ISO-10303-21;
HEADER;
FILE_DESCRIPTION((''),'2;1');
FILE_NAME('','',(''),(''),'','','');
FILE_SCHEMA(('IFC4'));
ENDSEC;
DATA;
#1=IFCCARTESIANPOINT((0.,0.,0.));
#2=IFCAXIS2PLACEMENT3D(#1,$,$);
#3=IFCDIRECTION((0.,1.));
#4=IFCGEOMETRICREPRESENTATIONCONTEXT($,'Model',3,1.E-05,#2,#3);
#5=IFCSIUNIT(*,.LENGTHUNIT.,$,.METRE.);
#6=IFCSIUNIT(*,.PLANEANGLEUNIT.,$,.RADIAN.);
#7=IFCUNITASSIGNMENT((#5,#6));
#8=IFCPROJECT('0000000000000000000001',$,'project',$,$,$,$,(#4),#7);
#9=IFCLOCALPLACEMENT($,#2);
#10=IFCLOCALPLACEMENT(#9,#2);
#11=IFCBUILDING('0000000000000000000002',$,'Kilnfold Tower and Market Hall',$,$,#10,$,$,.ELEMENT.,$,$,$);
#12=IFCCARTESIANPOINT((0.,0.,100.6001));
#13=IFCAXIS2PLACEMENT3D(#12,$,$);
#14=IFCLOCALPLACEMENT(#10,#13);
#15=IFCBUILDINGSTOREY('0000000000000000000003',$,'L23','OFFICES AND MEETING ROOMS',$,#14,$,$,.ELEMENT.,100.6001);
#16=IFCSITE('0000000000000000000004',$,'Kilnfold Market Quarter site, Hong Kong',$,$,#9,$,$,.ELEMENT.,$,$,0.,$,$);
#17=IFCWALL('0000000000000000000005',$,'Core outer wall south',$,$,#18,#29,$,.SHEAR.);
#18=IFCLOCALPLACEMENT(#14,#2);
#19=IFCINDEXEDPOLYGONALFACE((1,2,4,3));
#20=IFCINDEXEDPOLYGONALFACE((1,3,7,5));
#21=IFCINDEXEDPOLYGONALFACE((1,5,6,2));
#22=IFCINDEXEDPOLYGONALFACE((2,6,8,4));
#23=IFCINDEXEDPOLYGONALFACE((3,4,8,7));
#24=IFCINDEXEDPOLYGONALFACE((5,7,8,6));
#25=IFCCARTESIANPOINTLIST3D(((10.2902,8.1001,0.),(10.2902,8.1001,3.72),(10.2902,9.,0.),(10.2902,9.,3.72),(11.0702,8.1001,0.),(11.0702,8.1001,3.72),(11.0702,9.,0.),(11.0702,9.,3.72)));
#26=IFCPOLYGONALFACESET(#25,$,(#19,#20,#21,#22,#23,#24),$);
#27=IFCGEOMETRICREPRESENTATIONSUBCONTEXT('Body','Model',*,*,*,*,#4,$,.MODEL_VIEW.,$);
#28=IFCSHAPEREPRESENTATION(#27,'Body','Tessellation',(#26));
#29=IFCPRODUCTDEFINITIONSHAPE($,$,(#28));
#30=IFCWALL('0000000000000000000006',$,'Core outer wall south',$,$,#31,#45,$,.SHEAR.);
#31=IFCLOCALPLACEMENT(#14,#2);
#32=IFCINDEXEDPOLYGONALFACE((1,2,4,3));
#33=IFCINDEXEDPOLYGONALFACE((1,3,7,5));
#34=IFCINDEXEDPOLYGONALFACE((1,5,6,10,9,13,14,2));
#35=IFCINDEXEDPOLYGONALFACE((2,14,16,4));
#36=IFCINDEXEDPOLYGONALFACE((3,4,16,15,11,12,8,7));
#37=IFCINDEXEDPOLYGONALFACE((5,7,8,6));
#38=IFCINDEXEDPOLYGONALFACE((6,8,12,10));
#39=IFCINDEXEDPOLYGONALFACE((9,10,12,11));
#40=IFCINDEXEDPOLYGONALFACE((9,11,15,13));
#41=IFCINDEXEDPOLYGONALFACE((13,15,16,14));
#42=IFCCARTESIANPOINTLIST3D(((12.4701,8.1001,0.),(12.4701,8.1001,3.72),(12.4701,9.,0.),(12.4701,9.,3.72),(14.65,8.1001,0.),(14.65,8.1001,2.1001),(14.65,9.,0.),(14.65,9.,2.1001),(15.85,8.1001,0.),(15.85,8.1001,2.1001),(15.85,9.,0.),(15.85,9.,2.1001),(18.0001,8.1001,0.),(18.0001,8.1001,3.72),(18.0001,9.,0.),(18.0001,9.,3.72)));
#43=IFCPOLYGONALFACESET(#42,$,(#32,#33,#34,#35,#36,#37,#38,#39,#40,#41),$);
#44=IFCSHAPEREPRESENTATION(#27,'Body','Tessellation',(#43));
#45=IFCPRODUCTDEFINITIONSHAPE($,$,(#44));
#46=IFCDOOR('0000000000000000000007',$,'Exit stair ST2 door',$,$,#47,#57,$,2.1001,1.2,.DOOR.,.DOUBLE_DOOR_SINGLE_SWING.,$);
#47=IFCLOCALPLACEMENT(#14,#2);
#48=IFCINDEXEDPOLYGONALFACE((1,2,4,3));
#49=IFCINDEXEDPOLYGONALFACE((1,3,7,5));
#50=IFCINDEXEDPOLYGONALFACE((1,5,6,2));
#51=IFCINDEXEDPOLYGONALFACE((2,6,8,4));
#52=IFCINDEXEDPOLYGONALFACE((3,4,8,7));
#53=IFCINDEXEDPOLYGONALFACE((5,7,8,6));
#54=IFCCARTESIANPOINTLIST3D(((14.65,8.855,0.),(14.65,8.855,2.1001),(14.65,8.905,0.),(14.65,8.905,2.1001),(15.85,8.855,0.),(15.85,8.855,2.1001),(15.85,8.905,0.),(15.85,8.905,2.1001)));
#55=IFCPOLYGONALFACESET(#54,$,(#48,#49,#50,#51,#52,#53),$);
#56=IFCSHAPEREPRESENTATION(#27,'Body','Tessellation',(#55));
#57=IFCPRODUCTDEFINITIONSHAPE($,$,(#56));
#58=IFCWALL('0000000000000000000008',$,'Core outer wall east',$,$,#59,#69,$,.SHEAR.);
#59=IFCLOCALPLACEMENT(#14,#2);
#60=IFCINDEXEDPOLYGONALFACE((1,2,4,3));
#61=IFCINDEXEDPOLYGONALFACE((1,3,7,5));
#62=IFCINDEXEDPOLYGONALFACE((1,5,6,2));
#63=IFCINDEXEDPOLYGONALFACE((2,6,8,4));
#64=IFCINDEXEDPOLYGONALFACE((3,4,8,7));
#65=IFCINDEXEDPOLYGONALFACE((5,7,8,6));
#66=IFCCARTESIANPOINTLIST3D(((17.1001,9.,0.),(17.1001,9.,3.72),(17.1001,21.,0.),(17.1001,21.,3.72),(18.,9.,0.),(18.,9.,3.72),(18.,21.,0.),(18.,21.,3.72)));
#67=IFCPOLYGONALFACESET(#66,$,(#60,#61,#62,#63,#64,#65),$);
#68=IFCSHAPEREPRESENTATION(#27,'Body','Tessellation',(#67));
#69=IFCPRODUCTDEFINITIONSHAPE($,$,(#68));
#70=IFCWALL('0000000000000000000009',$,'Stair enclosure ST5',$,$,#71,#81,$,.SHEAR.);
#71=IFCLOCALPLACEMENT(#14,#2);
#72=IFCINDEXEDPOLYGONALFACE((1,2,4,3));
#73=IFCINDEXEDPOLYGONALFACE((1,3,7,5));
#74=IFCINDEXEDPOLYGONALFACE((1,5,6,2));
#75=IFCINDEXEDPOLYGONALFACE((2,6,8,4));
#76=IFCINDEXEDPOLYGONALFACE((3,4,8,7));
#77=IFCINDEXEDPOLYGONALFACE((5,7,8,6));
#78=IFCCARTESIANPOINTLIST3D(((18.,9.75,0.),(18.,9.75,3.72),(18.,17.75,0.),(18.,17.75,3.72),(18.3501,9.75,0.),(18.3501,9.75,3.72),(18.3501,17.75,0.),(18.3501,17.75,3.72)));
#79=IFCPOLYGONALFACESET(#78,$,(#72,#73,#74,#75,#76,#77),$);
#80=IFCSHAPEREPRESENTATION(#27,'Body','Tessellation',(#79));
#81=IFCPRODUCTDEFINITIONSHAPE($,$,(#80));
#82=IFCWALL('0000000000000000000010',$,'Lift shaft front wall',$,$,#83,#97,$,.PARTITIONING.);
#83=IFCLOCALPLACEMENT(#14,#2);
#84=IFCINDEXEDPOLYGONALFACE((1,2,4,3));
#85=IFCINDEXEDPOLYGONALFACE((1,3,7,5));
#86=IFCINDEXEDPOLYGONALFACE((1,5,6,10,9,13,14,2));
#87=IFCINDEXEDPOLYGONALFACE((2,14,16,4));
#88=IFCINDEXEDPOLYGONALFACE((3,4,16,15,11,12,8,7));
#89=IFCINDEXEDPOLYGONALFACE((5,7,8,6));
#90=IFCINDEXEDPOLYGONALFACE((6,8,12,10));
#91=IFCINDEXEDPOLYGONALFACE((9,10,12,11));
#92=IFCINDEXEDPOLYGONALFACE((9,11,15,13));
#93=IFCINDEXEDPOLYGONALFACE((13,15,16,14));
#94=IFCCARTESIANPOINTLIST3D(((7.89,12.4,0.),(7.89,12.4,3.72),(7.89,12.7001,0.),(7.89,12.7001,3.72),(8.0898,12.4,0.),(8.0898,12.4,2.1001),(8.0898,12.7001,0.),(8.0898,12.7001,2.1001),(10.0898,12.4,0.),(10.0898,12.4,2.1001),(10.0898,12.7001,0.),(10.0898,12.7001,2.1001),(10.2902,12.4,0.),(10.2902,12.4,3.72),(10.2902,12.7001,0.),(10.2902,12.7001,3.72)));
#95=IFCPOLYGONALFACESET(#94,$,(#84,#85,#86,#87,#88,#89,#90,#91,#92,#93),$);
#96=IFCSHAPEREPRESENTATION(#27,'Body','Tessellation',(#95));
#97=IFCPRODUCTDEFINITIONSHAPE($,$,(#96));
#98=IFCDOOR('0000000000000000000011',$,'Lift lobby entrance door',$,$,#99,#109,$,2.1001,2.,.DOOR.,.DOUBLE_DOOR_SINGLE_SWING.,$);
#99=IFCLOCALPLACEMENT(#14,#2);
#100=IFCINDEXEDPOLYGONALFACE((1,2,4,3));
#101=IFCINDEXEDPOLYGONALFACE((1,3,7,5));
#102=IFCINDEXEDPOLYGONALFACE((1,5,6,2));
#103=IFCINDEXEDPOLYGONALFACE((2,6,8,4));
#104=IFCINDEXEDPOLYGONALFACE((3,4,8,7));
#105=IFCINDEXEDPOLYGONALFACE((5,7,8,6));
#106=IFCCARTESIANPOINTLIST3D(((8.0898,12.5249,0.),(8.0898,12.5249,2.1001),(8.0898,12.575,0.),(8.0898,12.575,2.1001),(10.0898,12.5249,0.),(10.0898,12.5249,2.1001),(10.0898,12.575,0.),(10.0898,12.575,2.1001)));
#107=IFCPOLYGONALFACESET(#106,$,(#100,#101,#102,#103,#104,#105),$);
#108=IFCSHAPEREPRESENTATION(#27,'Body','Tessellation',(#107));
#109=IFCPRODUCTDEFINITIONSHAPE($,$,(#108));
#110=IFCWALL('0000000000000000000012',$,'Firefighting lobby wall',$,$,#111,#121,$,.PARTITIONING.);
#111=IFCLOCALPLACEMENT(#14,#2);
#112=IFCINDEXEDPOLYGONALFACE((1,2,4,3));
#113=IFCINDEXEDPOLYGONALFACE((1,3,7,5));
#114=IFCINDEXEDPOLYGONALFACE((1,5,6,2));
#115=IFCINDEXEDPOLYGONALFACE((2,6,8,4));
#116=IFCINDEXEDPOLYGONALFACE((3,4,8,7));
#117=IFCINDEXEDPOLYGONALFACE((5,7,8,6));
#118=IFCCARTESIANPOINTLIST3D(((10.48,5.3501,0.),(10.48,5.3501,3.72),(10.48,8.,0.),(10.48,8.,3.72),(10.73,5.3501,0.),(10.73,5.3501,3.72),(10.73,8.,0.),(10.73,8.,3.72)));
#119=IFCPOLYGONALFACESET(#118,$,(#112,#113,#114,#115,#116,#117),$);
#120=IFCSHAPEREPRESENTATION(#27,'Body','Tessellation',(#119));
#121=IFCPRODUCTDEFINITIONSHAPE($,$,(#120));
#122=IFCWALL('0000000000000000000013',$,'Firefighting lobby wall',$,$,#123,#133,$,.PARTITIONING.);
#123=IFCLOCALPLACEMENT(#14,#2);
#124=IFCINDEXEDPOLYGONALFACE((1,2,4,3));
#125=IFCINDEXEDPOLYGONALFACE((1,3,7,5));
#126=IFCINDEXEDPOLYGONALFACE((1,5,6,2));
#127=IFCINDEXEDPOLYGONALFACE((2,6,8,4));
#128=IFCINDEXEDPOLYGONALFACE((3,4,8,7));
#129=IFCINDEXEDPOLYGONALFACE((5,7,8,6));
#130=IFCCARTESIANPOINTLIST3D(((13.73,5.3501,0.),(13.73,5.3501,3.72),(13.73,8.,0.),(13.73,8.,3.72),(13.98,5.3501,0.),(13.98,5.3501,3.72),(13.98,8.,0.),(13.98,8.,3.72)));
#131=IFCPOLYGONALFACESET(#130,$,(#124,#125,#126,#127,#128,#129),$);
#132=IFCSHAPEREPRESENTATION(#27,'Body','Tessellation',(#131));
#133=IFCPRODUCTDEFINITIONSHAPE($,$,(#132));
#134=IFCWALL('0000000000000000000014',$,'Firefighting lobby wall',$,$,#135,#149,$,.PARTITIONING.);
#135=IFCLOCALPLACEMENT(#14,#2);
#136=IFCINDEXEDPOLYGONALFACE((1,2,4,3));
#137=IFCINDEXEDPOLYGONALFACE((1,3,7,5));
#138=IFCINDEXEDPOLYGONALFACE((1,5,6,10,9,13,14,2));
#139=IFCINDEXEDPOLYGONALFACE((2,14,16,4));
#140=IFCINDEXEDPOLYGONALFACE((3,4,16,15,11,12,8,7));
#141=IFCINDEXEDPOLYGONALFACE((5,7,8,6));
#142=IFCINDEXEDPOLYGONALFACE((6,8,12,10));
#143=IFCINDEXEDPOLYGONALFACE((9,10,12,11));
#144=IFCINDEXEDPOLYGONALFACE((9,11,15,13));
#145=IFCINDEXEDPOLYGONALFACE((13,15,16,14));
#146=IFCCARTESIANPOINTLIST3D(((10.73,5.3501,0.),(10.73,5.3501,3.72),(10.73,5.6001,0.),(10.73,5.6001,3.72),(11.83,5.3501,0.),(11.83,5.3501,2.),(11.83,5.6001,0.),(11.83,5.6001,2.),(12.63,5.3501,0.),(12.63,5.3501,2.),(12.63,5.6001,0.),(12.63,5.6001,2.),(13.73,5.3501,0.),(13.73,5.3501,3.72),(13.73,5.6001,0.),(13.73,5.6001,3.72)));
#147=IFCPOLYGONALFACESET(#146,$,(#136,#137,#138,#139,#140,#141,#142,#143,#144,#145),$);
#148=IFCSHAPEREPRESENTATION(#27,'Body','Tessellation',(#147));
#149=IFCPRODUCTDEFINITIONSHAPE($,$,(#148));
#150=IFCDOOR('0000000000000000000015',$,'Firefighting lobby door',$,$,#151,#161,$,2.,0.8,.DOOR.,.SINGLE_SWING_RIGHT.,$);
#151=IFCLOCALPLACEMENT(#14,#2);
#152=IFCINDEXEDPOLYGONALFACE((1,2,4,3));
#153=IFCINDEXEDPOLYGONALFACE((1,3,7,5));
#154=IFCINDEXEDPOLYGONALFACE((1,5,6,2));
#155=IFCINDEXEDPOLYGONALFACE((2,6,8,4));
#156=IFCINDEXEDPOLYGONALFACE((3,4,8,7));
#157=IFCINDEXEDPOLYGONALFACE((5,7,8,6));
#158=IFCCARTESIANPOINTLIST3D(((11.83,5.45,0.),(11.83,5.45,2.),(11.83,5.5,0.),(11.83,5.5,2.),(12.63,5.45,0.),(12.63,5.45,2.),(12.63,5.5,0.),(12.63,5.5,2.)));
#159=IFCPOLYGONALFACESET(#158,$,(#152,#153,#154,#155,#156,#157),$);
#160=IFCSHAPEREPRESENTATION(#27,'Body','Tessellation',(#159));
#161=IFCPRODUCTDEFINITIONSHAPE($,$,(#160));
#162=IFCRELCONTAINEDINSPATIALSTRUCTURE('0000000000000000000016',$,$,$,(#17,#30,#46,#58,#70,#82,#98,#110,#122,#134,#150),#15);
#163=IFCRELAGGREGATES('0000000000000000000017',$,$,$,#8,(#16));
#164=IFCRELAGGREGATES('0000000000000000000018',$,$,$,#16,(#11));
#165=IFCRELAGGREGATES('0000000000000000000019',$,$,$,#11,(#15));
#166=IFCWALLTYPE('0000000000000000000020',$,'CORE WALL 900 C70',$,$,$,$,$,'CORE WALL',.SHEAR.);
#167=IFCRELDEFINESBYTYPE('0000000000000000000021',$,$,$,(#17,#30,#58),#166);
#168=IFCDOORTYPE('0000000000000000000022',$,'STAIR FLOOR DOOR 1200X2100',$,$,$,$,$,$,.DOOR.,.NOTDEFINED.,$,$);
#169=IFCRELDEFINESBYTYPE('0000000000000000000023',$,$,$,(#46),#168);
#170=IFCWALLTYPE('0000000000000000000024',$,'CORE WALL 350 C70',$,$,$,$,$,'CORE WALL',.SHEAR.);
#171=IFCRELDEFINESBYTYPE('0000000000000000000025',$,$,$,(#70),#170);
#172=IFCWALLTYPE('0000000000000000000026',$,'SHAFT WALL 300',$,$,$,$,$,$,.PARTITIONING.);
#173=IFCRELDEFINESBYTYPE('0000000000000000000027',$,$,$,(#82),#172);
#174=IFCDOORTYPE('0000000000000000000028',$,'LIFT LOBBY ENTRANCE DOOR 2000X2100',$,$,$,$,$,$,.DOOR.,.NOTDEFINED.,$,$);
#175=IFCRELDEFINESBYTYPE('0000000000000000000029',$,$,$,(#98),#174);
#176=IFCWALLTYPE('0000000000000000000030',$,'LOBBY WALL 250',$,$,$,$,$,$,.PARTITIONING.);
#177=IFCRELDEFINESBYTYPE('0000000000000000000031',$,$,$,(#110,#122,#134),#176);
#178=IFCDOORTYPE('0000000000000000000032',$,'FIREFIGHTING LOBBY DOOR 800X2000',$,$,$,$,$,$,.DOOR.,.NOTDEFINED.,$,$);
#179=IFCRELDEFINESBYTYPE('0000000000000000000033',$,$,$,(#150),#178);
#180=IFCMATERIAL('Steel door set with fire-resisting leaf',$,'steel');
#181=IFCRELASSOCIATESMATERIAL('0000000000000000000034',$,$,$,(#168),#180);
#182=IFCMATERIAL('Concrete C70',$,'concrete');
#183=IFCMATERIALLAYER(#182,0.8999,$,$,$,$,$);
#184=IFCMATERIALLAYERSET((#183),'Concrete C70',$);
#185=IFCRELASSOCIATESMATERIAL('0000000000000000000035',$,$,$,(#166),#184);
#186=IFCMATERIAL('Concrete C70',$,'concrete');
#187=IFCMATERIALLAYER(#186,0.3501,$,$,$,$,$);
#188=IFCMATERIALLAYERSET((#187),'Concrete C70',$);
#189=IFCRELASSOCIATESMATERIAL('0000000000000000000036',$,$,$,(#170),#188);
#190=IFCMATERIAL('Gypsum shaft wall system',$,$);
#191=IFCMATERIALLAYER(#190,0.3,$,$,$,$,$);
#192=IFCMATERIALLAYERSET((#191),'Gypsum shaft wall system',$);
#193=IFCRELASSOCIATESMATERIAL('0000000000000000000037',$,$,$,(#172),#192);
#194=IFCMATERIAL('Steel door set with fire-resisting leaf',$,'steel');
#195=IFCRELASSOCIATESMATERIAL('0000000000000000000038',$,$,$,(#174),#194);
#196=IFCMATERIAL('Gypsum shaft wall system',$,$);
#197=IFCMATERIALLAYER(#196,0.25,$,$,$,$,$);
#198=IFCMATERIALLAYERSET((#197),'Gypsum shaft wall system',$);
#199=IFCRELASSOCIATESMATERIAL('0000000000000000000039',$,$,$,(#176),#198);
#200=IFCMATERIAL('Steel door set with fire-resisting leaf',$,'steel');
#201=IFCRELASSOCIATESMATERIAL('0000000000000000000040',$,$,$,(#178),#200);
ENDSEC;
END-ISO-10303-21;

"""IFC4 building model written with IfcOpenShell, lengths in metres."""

from ifc_helpers import new_model, si_unit, direction, frame, frame_2d, origin, place, context, subcontext, project, spatial, rectangle, extrude, source, transform, mapped, material, layer, layer_set, type_object, element, fill, save


model = new_model("IFC4")

# Units and contexts
model_context = context("Model", 3, precision=1e-05, world=origin(), true_north=direction((0.0, 1.0)))
body_context = subcontext(model_context, "Body", "Model", "MODEL_VIEW")
ifc_project = project(units=[si_unit("LENGTHUNIT", "METRE"), si_unit("PLANEANGLEUNIT", "RADIAN")], contexts=[model_context])

# Site, building, storey
site_placement = place(None, origin())
site = spatial("IfcSite", under=ifc_project, at=site_placement, Name="Kilnfold Market Quarter site, Hong Kong", CompositionType="ELEMENT", RefElevation=0.0)
building_placement = place(site_placement, origin())
building = spatial("IfcBuilding", under=site, at=building_placement, Name="Kilnfold Tower and Market Hall", CompositionType="ELEMENT")
storey_placement = place(building_placement, frame((0.0, 0.0, 100.6001)))
storey = spatial("IfcBuildingStorey", under=building, at=storey_placement, Name="L23", Description="OFFICES AND MEETING ROOMS", CompositionType="ELEMENT", Elevation=100.6001)

# Shared definitions
ifc_material_1 = material(Name="Steel door set with fire-resisting leaf", Category="steel")
door_type_1 = type_object("IfcDoorType", Name="STAIR FLOOR DOOR 1200X2100", OperationType="NOTDEFINED", PredefinedType="DOOR", material=ifc_material_1)

# Wall
ifc_material_2 = material(Name="Concrete C70", Category="concrete")
ifc_layer_1 = layer(ifc_material_2, 0.8999)
ifc_layer_set_1 = layer_set([ifc_layer_1], Name="Concrete C70")
wall_type_1 = type_object("IfcWallType", Name="CORE WALL 900 C70", ElementType="CORE WALL", PredefinedType="SHEAR", material=ifc_layer_set_1)
shared_shape_1 = source(origin(), body_context, "Body", "SweptSolid", [
    extrude(rectangle(XDim=0.78, YDim=0.8999, at=frame_2d((0.3901, 0.0))), origin(), (0.0, 0.0, 1.0), 3.72),
])
wall_1_placement = place(storey_placement, frame((10.29, 8.55, 0.0), z_axis=(0.0, 0.0, 1.0), x_axis=(1.0, 0.0, 0.0)))
element("IfcWall", 1, at=wall_1_placement, inside=storey, type_object=wall_type_1, Name="Core outer wall south", PredefinedType="SHEAR", context=body_context, shape_type="MappedRepresentation", body=[
    mapped(shared_shape_1, transform((0.0, 0.0, 0.0))),
])

# Wall, opening, door
shared_shape_2 = source(origin(), body_context, "Body", "SweptSolid", [
    extrude(rectangle(XDim=5.53, YDim=0.8999, at=frame_2d((2.7651, 0.0))), origin(), (0.0, 0.0, 1.0), 3.72),
])
wall_2_placement = place(storey_placement, frame((12.47, 8.55, 0.0), z_axis=(0.0, 0.0, 1.0), x_axis=(1.0, 0.0, 0.0)))
wall_2 = element("IfcWall", 2, at=wall_2_placement, inside=storey, type_object=wall_type_1, Name="Core outer wall south", PredefinedType="SHEAR", context=body_context, shape_type="MappedRepresentation", body=[
    mapped(shared_shape_2, transform((0.0, 0.0, 0.0))),
])
opening_1_placement = place(wall_2_placement, frame((2.1799, 0.0, 0.0)))
opening_1 = element("IfcOpeningElement", 3, at=opening_1_placement, cuts=wall_2, PredefinedType="OPENING", context=body_context, shape_type="SweptSolid", body=[
    extrude(rectangle(XDim=1.2, YDim=2.1001, at=frame_2d((0.6001, 1.05))), frame((0.0, 0.46, 0.0), z_axis=(0.0, -1.0, 0.0), x_axis=(1.0, 0.0, 0.0)), (0.0, 0.0, 1.0), 0.9199),
])
door_1_placement = place(opening_1_placement, origin())
door_1 = element("IfcDoor", 4, at=door_1_placement, inside=storey, type_object=door_type_1, Name="Exit stair ST2 door", OperationType="DOUBLE_DOOR_SINGLE_SWING", OverallHeight=2.1001, OverallWidth=1.2, PredefinedType="DOOR", context=body_context, shape_type="SweptSolid", body=[
    extrude(rectangle(XDim=1.2, YDim=2.1001, at=frame_2d((0.6001, 1.05))), frame((0.0, 0.355, 0.0), z_axis=(0.0, -1.0, 0.0), x_axis=(1.0, 0.0, 0.0)), (0.0, 0.0, 1.0), 0.05),
])
fill(opening_1, door_1)

# Walls
shared_shape_3 = source(origin(), body_context, "Body", "SweptSolid", [
    extrude(rectangle(XDim=12.0, YDim=0.8999, at=frame_2d((6.0, 0.0))), origin(), (0.0, 0.0, 1.0), 3.72),
])
wall_3_placement = place(storey_placement, frame((17.55, 9.0, 0.0), z_axis=(0.0, 0.0, 1.0), x_axis=(0.0, 1.0, 0.0)))
element("IfcWall", 5, at=wall_3_placement, inside=storey, type_object=wall_type_1, Name="Core outer wall east", PredefinedType="SHEAR", context=body_context, shape_type="MappedRepresentation", body=[
    mapped(shared_shape_3, transform((0.0, 0.0, 0.0))),
])
ifc_material_3 = material(Name="Concrete C70", Category="concrete")
ifc_layer_2 = layer(ifc_material_3, 0.3501)
ifc_layer_set_2 = layer_set([ifc_layer_2], Name="Concrete C70")
wall_type_2 = type_object("IfcWallType", Name="CORE WALL 350 C70", ElementType="CORE WALL", PredefinedType="SHEAR", material=ifc_layer_set_2)
shared_shape_4 = source(origin(), body_context, "Body", "SweptSolid", [
    extrude(rectangle(XDim=8.0, YDim=0.3501, at=frame_2d((4.0, 0.0))), origin(), (0.0, 0.0, 1.0), 3.72),
])
wall_4_placement = place(storey_placement, frame((18.175, 9.75, 0.0), z_axis=(0.0, 0.0, 1.0), x_axis=(0.0, 1.0, 0.0)))
element("IfcWall", 6, at=wall_4_placement, inside=storey, type_object=wall_type_2, Name="Stair enclosure ST5", PredefinedType="SHEAR", context=body_context, shape_type="MappedRepresentation", body=[
    mapped(shared_shape_4, transform((0.0, 0.0, 0.0))),
])

# Wall, opening, door
ifc_material_4 = material(Name="Gypsum shaft wall system")
ifc_layer_3 = layer(ifc_material_4, 0.3)
ifc_layer_set_3 = layer_set([ifc_layer_3], Name="Gypsum shaft wall system")
wall_type_3 = type_object("IfcWallType", Name="SHAFT WALL 300", PredefinedType="PARTITIONING", material=ifc_layer_set_3)
shared_shape_5 = source(origin(), body_context, "Body", "SweptSolid", [
    extrude(rectangle(XDim=2.4001, YDim=0.3, at=frame_2d((1.2002, 0.0))), origin(), (0.0, 0.0, 1.0), 3.72),
])
wall_5_placement = place(storey_placement, frame((7.8899, 12.55, 0.0), z_axis=(0.0, 0.0, 1.0), x_axis=(1.0, 0.0, 0.0)))
wall_5 = element("IfcWall", 7, at=wall_5_placement, inside=storey, type_object=wall_type_3, Name="Lift shaft front wall", PredefinedType="PARTITIONING", context=body_context, shape_type="MappedRepresentation", body=[
    mapped(shared_shape_5, transform((0.0, 0.0, 0.0))),
])
opening_2_placement = place(wall_5_placement, frame((0.2, 0.0, 0.0)))
opening_2 = element("IfcOpeningElement", 8, at=opening_2_placement, cuts=wall_5, PredefinedType="OPENING", context=body_context, shape_type="SweptSolid", body=[
    extrude(rectangle(XDim=2.0, YDim=2.1001, at=frame_2d((1.0, 1.05))), frame((0.0, 0.1602, 0.0), z_axis=(0.0, -1.0, 0.0), x_axis=(1.0, 0.0, 0.0)), (0.0, 0.0, 1.0), 0.3201),
])
ifc_material_5 = material(Name="Steel door set with fire-resisting leaf", Category="steel")
door_type_2 = type_object("IfcDoorType", Name="LIFT LOBBY ENTRANCE DOOR 2000X2100", OperationType="NOTDEFINED", PredefinedType="DOOR", material=ifc_material_5)
door_2_placement = place(opening_2_placement, origin())
door_2 = element("IfcDoor", 9, at=door_2_placement, inside=storey, type_object=door_type_2, Name="Lift lobby entrance door", OperationType="DOUBLE_DOOR_SINGLE_SWING", OverallHeight=2.1001, OverallWidth=2.0, PredefinedType="DOOR", context=body_context, shape_type="SweptSolid", body=[
    extrude(rectangle(XDim=2.0, YDim=2.1001, at=frame_2d((1.0, 1.05))), frame((0.0, 0.0249, 0.0), z_axis=(0.0, -1.0, 0.0), x_axis=(1.0, 0.0, 0.0)), (0.0, 0.0, 1.0), 0.05),
])
fill(opening_2, door_2)

# Walls
ifc_material_6 = material(Name="Gypsum shaft wall system")
ifc_layer_4 = layer(ifc_material_6, 0.25)
ifc_layer_set_4 = layer_set([ifc_layer_4], Name="Gypsum shaft wall system")
wall_type_4 = type_object("IfcWallType", Name="LOBBY WALL 250", PredefinedType="PARTITIONING", material=ifc_layer_set_4)
shared_shape_6 = source(origin(), body_context, "Body", "SweptSolid", [
    extrude(rectangle(XDim=2.6499, YDim=0.25, at=frame_2d((1.325, 0.0))), origin(), (0.0, 0.0, 1.0), 3.72),
])
for number, where, z_axis, x_axis, name in (
    (10, (10.605, 5.3501, 0.0), (0.0, 0.0, 1.0), (0.0, 1.0, 0.0), "Firefighting lobby wall"),
    (11, (13.855, 5.3501, 0.0), (0.0, 0.0, 1.0), (0.0, 1.0, 0.0), "Firefighting lobby wall"),
):
    element("IfcWall", number, at=place(storey_placement, frame(where, z_axis=z_axis, x_axis=x_axis)), inside=storey, type_object=wall_type_4, Name=name, PredefinedType="PARTITIONING", context=body_context, shape_type="MappedRepresentation", body=[
        mapped(shared_shape_6, transform((0.0, 0.0, 0.0))),
    ])

# Wall, opening, door
shared_shape_7 = source(origin(), body_context, "Body", "SweptSolid", [
    extrude(rectangle(XDim=3.0, YDim=0.25, at=frame_2d((1.5, 0.0))), origin(), (0.0, 0.0, 1.0), 3.72),
])
wall_6_placement = place(storey_placement, frame((10.73, 5.4751, 0.0), z_axis=(0.0, 0.0, 1.0), x_axis=(1.0, 0.0, 0.0)))
wall_6 = element("IfcWall", 12, at=wall_6_placement, inside=storey, type_object=wall_type_4, Name="Firefighting lobby wall", PredefinedType="PARTITIONING", context=body_context, shape_type="MappedRepresentation", body=[
    mapped(shared_shape_7, transform((0.0, 0.0, 0.0))),
])
opening_3_placement = place(wall_6_placement, frame((1.1001, 0.0, 0.0)))
opening_3 = element("IfcOpeningElement", 13, at=opening_3_placement, cuts=wall_6, PredefinedType="OPENING", context=body_context, shape_type="SweptSolid", body=[
    extrude(rectangle(XDim=0.8, YDim=2.0, at=frame_2d((0.3999, 1.0))), frame((0.0, 0.135, 0.0), z_axis=(0.0, -1.0, 0.0), x_axis=(1.0, 0.0, 0.0)), (0.0, 0.0, 1.0), 0.27),
])
ifc_material_7 = material(Name="Steel door set with fire-resisting leaf", Category="steel")
door_type_3 = type_object("IfcDoorType", Name="FIREFIGHTING LOBBY DOOR 800X2000", OperationType="NOTDEFINED", PredefinedType="DOOR", material=ifc_material_7)
door_3_placement = place(opening_3_placement, origin())
door_3 = element("IfcDoor", 14, at=door_3_placement, inside=storey, type_object=door_type_3, Name="Firefighting lobby door", OperationType="SINGLE_SWING_RIGHT", OverallHeight=2.0, OverallWidth=0.8, PredefinedType="DOOR", context=body_context, shape_type="SweptSolid", body=[
    extrude(rectangle(XDim=0.8, YDim=2.0, at=frame_2d((0.3999, 1.0))), frame((0.0, 0.0249, 0.0), z_axis=(0.0, -1.0, 0.0), x_axis=(1.0, 0.0, 0.0)), (0.0, 0.0, 1.0), 0.05),
])
fill(opening_3, door_3)

save(model, "model.ifc")
